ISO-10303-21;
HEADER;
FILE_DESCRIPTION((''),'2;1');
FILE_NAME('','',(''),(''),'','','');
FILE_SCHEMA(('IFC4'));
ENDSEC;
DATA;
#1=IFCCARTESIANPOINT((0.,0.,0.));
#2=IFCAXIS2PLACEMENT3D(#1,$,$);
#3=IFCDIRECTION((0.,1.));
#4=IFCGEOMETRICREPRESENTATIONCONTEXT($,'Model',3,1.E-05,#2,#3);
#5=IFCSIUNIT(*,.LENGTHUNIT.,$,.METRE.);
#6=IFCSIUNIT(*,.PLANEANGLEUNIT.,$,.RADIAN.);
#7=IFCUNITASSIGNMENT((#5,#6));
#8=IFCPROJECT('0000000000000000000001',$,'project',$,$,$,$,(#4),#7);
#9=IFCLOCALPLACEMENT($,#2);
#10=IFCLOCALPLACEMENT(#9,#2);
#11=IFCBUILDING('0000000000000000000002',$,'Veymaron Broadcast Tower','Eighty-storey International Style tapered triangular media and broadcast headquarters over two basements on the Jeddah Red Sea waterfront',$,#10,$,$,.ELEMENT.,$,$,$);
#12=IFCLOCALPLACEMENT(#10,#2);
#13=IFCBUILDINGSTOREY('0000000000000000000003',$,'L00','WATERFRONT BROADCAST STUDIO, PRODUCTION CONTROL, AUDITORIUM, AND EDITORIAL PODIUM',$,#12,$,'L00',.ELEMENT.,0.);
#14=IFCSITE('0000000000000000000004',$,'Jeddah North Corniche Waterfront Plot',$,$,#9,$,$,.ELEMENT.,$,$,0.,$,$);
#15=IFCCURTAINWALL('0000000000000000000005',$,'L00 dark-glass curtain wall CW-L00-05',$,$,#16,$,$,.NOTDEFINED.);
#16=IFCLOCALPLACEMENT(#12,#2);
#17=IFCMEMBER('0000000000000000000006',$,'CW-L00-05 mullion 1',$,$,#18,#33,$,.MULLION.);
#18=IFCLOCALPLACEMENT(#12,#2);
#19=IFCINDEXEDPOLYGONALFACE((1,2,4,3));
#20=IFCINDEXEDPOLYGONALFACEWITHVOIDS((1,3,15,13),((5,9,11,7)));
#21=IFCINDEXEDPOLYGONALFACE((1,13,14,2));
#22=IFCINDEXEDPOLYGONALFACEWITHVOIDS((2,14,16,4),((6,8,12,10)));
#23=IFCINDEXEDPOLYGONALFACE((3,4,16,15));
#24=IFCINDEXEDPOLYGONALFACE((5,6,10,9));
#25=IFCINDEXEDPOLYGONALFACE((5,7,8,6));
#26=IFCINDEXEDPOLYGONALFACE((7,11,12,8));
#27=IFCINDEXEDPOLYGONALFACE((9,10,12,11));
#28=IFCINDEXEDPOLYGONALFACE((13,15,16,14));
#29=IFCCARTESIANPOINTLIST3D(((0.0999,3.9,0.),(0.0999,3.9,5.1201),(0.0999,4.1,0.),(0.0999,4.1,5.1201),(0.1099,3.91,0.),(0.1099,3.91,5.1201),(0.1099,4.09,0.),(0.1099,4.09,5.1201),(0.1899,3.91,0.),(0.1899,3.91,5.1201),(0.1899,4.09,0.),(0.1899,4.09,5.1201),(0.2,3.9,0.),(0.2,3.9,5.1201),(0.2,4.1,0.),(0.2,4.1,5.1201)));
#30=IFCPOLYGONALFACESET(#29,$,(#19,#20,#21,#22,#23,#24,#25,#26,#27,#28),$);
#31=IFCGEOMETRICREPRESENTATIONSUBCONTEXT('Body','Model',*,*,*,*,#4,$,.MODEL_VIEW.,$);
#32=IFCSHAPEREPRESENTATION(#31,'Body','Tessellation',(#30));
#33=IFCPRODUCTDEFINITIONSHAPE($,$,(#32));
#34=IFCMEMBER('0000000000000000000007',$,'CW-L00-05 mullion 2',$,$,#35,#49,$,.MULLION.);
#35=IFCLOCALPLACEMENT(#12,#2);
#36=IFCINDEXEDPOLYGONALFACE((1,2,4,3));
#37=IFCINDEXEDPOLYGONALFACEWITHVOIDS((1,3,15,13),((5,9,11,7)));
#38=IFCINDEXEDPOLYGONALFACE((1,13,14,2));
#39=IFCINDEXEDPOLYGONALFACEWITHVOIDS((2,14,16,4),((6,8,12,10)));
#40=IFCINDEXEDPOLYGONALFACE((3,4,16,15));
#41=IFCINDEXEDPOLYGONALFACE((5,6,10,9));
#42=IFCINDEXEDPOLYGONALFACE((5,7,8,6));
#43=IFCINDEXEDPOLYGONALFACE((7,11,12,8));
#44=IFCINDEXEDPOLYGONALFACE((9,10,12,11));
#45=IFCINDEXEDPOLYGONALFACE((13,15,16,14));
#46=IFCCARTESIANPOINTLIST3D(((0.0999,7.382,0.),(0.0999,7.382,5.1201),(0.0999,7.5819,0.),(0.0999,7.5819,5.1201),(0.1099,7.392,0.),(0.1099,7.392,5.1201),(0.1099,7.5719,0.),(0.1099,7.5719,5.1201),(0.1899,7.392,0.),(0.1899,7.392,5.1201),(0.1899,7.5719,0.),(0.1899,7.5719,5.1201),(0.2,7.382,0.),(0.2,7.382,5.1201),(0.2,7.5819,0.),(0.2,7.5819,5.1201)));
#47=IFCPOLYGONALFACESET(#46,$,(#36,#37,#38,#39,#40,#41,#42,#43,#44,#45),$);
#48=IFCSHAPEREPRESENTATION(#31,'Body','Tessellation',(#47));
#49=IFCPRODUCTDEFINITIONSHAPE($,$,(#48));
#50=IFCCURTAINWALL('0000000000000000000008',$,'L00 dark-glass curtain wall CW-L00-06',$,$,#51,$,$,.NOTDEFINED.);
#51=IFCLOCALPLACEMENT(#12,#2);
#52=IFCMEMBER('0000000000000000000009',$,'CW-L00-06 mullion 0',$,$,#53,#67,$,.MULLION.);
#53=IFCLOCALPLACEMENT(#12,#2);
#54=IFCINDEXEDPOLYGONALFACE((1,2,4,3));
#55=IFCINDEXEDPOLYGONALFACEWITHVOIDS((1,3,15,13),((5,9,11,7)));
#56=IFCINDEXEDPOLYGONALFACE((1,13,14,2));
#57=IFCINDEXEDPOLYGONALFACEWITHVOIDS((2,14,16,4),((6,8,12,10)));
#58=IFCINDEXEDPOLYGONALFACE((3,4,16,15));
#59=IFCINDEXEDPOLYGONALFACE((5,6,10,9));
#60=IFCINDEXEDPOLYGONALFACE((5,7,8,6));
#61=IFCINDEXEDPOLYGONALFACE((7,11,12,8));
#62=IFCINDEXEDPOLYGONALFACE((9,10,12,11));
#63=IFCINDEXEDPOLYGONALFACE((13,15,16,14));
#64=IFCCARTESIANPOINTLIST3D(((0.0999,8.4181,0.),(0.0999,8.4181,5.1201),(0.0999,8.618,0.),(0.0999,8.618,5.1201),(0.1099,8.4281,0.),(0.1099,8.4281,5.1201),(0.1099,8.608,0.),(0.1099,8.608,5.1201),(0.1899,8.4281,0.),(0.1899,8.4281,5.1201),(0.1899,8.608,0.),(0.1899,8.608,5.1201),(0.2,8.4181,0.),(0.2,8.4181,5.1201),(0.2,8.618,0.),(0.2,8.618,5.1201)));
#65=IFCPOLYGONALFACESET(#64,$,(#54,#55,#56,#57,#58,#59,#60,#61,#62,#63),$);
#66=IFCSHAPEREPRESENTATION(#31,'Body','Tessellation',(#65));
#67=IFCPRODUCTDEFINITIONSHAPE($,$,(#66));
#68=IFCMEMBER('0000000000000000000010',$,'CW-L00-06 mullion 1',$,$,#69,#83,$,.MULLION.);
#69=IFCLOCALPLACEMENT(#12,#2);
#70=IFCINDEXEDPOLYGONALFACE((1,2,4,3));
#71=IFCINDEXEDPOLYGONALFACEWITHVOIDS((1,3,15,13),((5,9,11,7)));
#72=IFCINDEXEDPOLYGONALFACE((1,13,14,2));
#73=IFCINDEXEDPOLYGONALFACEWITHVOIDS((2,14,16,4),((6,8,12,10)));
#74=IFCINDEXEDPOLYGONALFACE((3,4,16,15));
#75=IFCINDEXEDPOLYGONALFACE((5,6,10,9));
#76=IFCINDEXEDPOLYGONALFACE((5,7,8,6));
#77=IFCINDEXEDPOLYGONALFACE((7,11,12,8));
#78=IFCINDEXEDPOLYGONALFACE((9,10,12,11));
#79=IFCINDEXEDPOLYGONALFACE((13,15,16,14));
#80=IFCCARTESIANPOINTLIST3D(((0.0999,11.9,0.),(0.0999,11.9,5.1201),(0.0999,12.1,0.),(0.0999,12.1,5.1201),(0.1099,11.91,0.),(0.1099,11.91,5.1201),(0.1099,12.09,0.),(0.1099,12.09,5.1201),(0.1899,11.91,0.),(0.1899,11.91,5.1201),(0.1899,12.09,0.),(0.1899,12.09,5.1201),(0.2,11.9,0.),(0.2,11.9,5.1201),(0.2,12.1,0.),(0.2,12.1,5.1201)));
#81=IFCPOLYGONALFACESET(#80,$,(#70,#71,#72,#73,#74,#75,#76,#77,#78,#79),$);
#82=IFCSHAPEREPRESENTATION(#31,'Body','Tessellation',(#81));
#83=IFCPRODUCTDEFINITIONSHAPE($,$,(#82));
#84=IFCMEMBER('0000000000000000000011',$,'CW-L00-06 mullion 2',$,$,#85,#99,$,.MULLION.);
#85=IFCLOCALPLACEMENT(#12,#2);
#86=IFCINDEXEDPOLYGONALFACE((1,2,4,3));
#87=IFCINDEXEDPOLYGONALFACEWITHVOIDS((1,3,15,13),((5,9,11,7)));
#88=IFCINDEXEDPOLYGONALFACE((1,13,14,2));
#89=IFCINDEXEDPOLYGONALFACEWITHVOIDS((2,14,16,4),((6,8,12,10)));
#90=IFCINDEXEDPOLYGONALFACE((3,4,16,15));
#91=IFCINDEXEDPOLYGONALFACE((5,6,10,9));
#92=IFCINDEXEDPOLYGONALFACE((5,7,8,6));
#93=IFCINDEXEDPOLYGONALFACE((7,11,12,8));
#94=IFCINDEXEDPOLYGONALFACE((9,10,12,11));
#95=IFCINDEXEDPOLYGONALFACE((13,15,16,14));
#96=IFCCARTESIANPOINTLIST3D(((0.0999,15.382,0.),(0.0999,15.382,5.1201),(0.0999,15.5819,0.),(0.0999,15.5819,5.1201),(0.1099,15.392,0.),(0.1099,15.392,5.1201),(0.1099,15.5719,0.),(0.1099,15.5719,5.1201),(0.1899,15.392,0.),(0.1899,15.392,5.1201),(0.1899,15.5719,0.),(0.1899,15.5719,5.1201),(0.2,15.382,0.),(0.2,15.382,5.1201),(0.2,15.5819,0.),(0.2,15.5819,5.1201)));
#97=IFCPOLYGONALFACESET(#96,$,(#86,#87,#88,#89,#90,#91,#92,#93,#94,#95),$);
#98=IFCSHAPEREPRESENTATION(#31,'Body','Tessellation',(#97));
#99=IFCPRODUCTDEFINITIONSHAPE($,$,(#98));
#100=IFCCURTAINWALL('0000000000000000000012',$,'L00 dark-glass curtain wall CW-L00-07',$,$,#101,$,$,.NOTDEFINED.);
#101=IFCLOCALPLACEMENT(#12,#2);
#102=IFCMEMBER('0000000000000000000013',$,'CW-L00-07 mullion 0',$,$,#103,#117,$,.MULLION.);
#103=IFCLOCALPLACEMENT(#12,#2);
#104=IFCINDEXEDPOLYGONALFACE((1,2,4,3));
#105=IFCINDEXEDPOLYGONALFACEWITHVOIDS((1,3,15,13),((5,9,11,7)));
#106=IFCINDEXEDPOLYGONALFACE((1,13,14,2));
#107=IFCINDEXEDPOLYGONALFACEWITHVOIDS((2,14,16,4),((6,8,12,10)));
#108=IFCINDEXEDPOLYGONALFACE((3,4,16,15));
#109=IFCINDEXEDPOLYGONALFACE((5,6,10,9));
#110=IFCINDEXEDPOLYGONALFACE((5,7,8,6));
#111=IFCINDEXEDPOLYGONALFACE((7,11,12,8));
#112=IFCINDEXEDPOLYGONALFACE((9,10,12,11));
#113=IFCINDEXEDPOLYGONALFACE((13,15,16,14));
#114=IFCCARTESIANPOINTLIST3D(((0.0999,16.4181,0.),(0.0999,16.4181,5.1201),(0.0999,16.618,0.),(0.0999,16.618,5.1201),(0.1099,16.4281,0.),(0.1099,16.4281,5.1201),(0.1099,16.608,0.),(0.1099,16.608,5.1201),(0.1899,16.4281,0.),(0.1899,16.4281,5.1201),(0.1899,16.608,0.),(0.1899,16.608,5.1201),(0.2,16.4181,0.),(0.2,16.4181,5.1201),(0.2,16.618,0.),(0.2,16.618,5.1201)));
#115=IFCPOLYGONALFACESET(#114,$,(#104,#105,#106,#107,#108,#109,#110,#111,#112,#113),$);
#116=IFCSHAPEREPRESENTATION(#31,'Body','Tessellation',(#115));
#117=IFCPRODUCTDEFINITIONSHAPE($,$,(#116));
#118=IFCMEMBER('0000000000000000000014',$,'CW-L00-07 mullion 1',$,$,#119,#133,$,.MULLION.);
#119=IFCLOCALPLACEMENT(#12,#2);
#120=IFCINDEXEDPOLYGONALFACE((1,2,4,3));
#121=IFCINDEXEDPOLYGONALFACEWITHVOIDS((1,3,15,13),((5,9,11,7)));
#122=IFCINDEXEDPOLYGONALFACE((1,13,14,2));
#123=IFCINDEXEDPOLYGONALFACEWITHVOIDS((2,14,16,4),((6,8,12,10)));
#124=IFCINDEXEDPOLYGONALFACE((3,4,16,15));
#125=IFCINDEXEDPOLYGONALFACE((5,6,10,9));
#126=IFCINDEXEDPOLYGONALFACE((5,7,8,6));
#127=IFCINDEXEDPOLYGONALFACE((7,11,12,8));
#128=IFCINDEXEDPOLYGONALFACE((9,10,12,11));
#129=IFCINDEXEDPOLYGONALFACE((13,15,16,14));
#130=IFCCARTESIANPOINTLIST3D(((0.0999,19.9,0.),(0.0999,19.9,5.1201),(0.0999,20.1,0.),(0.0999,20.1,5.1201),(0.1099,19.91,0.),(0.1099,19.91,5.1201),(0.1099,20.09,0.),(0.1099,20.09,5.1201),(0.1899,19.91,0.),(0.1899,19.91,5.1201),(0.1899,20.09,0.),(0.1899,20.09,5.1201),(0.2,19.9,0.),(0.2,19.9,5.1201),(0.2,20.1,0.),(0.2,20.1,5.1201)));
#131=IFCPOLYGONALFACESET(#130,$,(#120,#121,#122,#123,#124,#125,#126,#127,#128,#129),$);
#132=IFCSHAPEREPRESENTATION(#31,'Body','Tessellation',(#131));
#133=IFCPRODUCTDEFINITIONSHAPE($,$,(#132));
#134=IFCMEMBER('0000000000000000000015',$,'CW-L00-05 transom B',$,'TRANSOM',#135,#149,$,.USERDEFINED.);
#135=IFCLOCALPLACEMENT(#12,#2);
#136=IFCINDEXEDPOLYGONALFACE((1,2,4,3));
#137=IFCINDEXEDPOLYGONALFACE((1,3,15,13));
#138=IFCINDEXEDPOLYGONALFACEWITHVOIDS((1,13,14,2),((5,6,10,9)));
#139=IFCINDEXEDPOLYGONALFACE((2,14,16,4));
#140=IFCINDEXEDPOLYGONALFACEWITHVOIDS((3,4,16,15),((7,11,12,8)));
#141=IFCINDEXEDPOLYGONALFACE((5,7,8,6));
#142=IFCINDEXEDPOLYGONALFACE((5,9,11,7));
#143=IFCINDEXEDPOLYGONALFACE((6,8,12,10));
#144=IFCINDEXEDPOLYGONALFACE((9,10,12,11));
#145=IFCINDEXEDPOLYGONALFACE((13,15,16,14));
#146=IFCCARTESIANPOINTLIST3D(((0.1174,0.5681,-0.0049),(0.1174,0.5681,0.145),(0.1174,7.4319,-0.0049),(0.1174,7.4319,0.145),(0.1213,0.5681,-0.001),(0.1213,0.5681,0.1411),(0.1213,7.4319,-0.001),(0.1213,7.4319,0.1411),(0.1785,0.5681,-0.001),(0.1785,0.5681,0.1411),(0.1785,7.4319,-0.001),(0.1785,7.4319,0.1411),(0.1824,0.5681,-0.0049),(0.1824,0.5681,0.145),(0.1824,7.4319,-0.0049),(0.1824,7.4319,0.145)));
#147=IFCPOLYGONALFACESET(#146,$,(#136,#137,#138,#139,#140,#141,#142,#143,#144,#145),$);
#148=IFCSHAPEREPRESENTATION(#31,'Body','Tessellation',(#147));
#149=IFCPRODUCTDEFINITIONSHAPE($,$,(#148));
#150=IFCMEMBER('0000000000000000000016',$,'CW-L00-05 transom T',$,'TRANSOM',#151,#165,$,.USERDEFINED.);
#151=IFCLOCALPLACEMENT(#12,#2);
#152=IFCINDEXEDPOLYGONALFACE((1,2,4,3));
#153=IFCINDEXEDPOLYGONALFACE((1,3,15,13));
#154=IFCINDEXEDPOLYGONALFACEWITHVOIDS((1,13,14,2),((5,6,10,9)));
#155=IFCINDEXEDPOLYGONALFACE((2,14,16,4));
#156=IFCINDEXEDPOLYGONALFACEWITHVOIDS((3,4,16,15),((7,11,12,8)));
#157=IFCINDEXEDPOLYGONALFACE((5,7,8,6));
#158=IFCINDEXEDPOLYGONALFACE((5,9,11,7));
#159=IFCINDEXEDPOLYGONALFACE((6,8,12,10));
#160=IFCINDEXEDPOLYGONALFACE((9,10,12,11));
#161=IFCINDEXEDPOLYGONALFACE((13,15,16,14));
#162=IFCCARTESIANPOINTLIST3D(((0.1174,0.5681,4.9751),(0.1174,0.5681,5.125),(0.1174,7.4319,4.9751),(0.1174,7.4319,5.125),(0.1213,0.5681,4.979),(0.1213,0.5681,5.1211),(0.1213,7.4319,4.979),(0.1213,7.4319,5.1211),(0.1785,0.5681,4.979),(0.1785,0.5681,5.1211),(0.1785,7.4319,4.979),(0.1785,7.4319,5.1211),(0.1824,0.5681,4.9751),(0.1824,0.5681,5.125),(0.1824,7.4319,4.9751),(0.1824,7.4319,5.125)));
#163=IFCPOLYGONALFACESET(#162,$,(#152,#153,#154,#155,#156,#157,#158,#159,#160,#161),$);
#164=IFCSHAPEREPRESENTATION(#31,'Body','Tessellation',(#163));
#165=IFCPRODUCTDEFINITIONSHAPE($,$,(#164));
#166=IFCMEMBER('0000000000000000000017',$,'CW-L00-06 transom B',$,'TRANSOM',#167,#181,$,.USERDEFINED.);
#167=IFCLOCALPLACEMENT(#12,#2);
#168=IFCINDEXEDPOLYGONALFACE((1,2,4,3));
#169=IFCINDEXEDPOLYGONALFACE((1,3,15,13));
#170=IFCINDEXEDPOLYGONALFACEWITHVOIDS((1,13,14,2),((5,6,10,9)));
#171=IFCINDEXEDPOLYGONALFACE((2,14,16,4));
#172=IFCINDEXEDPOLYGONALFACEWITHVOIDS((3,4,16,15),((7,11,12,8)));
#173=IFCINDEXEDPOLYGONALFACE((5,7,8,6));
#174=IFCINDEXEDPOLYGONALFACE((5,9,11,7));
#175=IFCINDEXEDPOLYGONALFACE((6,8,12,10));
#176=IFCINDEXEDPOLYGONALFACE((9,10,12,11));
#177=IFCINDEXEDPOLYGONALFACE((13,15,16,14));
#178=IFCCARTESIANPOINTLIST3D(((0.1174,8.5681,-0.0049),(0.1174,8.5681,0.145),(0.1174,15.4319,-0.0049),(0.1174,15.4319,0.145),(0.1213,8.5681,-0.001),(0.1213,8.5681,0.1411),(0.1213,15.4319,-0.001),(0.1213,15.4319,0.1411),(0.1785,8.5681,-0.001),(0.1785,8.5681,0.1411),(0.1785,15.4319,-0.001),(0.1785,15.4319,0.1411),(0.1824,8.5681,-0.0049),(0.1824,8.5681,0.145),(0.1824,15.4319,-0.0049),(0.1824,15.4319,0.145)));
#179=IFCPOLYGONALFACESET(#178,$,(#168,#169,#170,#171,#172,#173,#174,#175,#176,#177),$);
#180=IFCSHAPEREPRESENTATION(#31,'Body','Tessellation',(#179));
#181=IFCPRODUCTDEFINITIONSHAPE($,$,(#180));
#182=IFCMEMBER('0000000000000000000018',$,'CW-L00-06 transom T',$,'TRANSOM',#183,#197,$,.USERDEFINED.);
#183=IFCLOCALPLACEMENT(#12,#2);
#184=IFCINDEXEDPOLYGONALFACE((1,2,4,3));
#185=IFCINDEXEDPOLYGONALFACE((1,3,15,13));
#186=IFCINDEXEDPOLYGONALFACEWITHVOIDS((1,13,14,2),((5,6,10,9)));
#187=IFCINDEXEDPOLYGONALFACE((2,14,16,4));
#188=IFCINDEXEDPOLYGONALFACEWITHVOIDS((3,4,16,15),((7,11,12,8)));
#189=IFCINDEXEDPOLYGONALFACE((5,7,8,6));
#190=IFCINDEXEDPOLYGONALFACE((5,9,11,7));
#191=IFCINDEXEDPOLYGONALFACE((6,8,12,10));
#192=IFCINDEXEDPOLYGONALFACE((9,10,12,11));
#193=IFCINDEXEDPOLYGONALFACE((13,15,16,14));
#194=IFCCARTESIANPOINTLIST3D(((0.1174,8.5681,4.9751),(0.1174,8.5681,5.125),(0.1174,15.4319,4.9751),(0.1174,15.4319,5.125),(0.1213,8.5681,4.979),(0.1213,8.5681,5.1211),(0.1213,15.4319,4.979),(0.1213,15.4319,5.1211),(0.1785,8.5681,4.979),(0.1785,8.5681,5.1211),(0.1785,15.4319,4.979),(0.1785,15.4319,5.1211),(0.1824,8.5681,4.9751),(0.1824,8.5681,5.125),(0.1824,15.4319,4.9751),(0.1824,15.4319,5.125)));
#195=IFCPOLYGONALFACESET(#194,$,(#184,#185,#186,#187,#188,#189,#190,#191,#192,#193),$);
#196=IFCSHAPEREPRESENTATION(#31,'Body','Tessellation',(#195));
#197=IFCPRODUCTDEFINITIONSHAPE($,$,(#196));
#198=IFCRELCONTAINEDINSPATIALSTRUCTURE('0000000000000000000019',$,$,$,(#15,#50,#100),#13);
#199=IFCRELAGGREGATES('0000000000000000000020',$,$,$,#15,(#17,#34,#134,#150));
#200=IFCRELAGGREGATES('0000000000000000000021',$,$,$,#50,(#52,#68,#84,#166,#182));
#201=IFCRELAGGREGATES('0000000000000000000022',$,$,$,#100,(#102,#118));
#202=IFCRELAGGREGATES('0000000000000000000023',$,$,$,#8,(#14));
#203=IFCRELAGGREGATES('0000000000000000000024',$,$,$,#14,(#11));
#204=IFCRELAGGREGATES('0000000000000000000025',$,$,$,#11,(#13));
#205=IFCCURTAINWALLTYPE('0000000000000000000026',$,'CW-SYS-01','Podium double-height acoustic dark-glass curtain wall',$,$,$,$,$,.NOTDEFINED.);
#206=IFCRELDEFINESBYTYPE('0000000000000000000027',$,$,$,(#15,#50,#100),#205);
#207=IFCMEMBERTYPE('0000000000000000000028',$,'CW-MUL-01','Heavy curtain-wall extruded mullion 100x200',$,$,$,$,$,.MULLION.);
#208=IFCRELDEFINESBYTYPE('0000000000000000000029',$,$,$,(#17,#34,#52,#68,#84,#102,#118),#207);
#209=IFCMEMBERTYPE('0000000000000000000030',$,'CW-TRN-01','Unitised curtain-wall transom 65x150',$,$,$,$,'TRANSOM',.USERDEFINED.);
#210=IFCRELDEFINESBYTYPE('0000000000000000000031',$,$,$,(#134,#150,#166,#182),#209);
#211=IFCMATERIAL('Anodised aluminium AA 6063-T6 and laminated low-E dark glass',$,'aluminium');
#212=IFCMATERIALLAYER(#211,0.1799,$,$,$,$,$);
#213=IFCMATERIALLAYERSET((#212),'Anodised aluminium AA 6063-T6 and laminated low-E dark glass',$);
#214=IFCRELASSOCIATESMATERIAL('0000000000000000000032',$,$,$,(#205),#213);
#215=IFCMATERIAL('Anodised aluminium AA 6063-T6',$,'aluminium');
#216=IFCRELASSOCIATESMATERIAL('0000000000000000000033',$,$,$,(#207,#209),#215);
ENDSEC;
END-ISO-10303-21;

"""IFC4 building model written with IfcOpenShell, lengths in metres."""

from ifc_helpers import new_model, si_unit, direction, frame, origin, origin_2d, place, context, subcontext, project, spatial, hollow_rectangle, extrude, material, layer, layer_set, material_profile, profile_set, type_object, element, aggregate, save


model = new_model("IFC4")

# Units and contexts
model_context = context("Model", 3, precision=1e-05, world=origin(), true_north=direction((0.0, 1.0)))
body_context = subcontext(model_context, "Body", "Model", "MODEL_VIEW")
ifc_project = project(units=[si_unit("LENGTHUNIT", "METRE"), si_unit("PLANEANGLEUNIT", "RADIAN")], contexts=[model_context])

# Site, building, storey
site_placement = place(None, origin())
site = spatial("IfcSite", under=ifc_project, at=site_placement, Name="Jeddah North Corniche Waterfront Plot", CompositionType="ELEMENT", RefElevation=0.0)
building_placement = place(site_placement, origin())
building = spatial("IfcBuilding", under=site, at=building_placement, Name="Veymaron Broadcast Tower", Description="Eighty-storey International Style tapered triangular media and broadcast headquarters over two basements on the Jeddah Red Sea waterfront", CompositionType="ELEMENT")
storey_placement = place(building_placement, origin())
storey = spatial("IfcBuildingStorey", under=building, at=storey_placement, Name="L00", Description="WATERFRONT BROADCAST STUDIO, PRODUCTION CONTROL, AUDITORIUM, AND EDITORIAL PODIUM", LongName="L00", CompositionType="ELEMENT", Elevation=0.0)

# Curtain walls, members
ifc_material_1 = material(Name="Anodised aluminium AA 6063-T6 and laminated low-E dark glass", Category="aluminium")
ifc_layer_1 = layer(ifc_material_1, 0.1799)
ifc_layer_set_1 = layer_set([ifc_layer_1], Name="Anodised aluminium AA 6063-T6 and laminated low-E dark glass")
curtain_wall_type = type_object("IfcCurtainWallType", Name="CW-SYS-01", Description="Podium double-height acoustic dark-glass curtain wall", PredefinedType="NOTDEFINED", material=ifc_layer_set_1)
curtain_wall_1_placement = place(storey_placement, origin())
curtain_wall_1 = element("IfcCurtainWall", 1, at=curtain_wall_1_placement, inside=storey, type_object=curtain_wall_type, Name="L00 dark-glass curtain wall CW-L00-05", PredefinedType="NOTDEFINED")
ifc_material_2 = material(Name="Anodised aluminium AA 6063-T6", Category="aluminium")
ifc_material_profile_1 = material_profile(ifc_material_2, hollow_rectangle(XDim=0.1001, YDim=0.2, WallThickness=0.01, at=origin_2d()), Name="RHS200X100X10")
ifc_profile_set_1 = profile_set([ifc_material_profile_1], Name="Anodised aluminium AA 6063-T6")
member_type_1 = type_object("IfcMemberType", Name="CW-MUL-01", Description="Heavy curtain-wall extruded mullion 100x200", PredefinedType="MULLION", material=ifc_profile_set_1)
member_1_placement = place(storey_placement, frame((0.1499, 4.0, 0.0), z_axis=(0.0, 0.0, 1.0), x_axis=(1.0, 0.0, 0.0)))
member_1 = element("IfcMember", 2, at=member_1_placement, type_object=member_type_1, Name="CW-L00-05 mullion 1", PredefinedType="MULLION", context=body_context, shape_type="SweptSolid", body=[
    extrude(hollow_rectangle(XDim=0.1001, YDim=0.2, WallThickness=0.01, at=origin_2d()), origin(), (0.0, 0.0, 1.0), 5.1201),
])
member_2_placement = place(storey_placement, frame((0.1499, 7.4819, 0.0), z_axis=(0.0, 0.0, 1.0), x_axis=(1.0, 0.0, 0.0)))
member_2 = element("IfcMember", 3, at=member_2_placement, type_object=member_type_1, Name="CW-L00-05 mullion 2", PredefinedType="MULLION", context=body_context, shape_type="SweptSolid", body=[
    extrude(hollow_rectangle(XDim=0.1001, YDim=0.2, WallThickness=0.01, at=origin_2d()), origin(), (0.0, 0.0, 1.0), 5.1201),
])
curtain_wall_2_placement = place(storey_placement, origin())
curtain_wall_2 = element("IfcCurtainWall", 4, at=curtain_wall_2_placement, inside=storey, type_object=curtain_wall_type, Name="L00 dark-glass curtain wall CW-L00-06", PredefinedType="NOTDEFINED")
member_3_placement = place(storey_placement, frame((0.1499, 8.5181, 0.0), z_axis=(0.0, 0.0, 1.0), x_axis=(1.0, 0.0, 0.0)))
member_3 = element("IfcMember", 5, at=member_3_placement, type_object=member_type_1, Name="CW-L00-06 mullion 0", PredefinedType="MULLION", context=body_context, shape_type="SweptSolid", body=[
    extrude(hollow_rectangle(XDim=0.1001, YDim=0.2, WallThickness=0.01, at=origin_2d()), origin(), (0.0, 0.0, 1.0), 5.1201),
])
member_4_placement = place(storey_placement, frame((0.1499, 12.0, 0.0), z_axis=(0.0, 0.0, 1.0), x_axis=(1.0, 0.0, 0.0)))
member_4 = element("IfcMember", 6, at=member_4_placement, type_object=member_type_1, Name="CW-L00-06 mullion 1", PredefinedType="MULLION", context=body_context, shape_type="SweptSolid", body=[
    extrude(hollow_rectangle(XDim=0.1001, YDim=0.2, WallThickness=0.01, at=origin_2d()), origin(), (0.0, 0.0, 1.0), 5.1201),
])
member_5_placement = place(storey_placement, frame((0.1499, 15.4819, 0.0), z_axis=(0.0, 0.0, 1.0), x_axis=(1.0, 0.0, 0.0)))
member_5 = element("IfcMember", 7, at=member_5_placement, type_object=member_type_1, Name="CW-L00-06 mullion 2", PredefinedType="MULLION", context=body_context, shape_type="SweptSolid", body=[
    extrude(hollow_rectangle(XDim=0.1001, YDim=0.2, WallThickness=0.01, at=origin_2d()), origin(), (0.0, 0.0, 1.0), 5.1201),
])
curtain_wall_3_placement = place(storey_placement, origin())
curtain_wall_3 = element("IfcCurtainWall", 8, at=curtain_wall_3_placement, inside=storey, type_object=curtain_wall_type, Name="L00 dark-glass curtain wall CW-L00-07", PredefinedType="NOTDEFINED")
member_6_placement = place(storey_placement, frame((0.1499, 16.5181, 0.0), z_axis=(0.0, 0.0, 1.0), x_axis=(1.0, 0.0, 0.0)))
member_6 = element("IfcMember", 9, at=member_6_placement, type_object=member_type_1, Name="CW-L00-07 mullion 0", PredefinedType="MULLION", context=body_context, shape_type="SweptSolid", body=[
    extrude(hollow_rectangle(XDim=0.1001, YDim=0.2, WallThickness=0.01, at=origin_2d()), origin(), (0.0, 0.0, 1.0), 5.1201),
])
member_7_placement = place(storey_placement, frame((0.1499, 20.0, 0.0), z_axis=(0.0, 0.0, 1.0), x_axis=(1.0, 0.0, 0.0)))
member_7 = element("IfcMember", 10, at=member_7_placement, type_object=member_type_1, Name="CW-L00-07 mullion 1", PredefinedType="MULLION", context=body_context, shape_type="SweptSolid", body=[
    extrude(hollow_rectangle(XDim=0.1001, YDim=0.2, WallThickness=0.01, at=origin_2d()), origin(), (0.0, 0.0, 1.0), 5.1201),
])

# Members
ifc_material_profile_2 = material_profile(ifc_material_2, hollow_rectangle(XDim=0.0649, YDim=0.1499, WallThickness=0.0039, at=origin_2d()), Name="AL150X65X4")
ifc_profile_set_2 = profile_set([ifc_material_profile_2], Name="Anodised aluminium AA 6063-T6")
member_type_2 = type_object("IfcMemberType", Name="CW-TRN-01", Description="Unitised curtain-wall transom 65x150", ElementType="TRANSOM", PredefinedType="USERDEFINED", material=ifc_profile_set_2)
member_8_placement = place(storey_placement, frame((0.1499, 0.5681, 0.0701), z_axis=(0.0, 1.0, 0.0), x_axis=(-1.0, 0.0, 0.0)))
member_8 = element("IfcMember", 11, at=member_8_placement, type_object=member_type_2, Name="CW-L00-05 transom B", ObjectType="TRANSOM", PredefinedType="USERDEFINED", context=body_context, shape_type="SweptSolid", body=[
    extrude(hollow_rectangle(XDim=0.0649, YDim=0.1499, WallThickness=0.0039, at=origin_2d()), origin(), (0.0, 0.0, 1.0), 6.8638),
])
member_9_placement = place(storey_placement, frame((0.1499, 0.5681, 5.05), z_axis=(0.0, 1.0, 0.0), x_axis=(-1.0, 0.0, 0.0)))
member_9 = element("IfcMember", 12, at=member_9_placement, type_object=member_type_2, Name="CW-L00-05 transom T", ObjectType="TRANSOM", PredefinedType="USERDEFINED", context=body_context, shape_type="SweptSolid", body=[
    extrude(hollow_rectangle(XDim=0.0649, YDim=0.1499, WallThickness=0.0039, at=origin_2d()), origin(), (0.0, 0.0, 1.0), 6.8638),
])
member_10_placement = place(storey_placement, frame((0.1499, 8.5681, 0.0701), z_axis=(0.0, 1.0, 0.0), x_axis=(-1.0, 0.0, 0.0)))
member_10 = element("IfcMember", 13, at=member_10_placement, type_object=member_type_2, Name="CW-L00-06 transom B", ObjectType="TRANSOM", PredefinedType="USERDEFINED", context=body_context, shape_type="SweptSolid", body=[
    extrude(hollow_rectangle(XDim=0.0649, YDim=0.1499, WallThickness=0.0039, at=origin_2d()), origin(), (0.0, 0.0, 1.0), 6.8638),
])
member_11_placement = place(storey_placement, frame((0.1499, 8.5681, 5.05), z_axis=(0.0, 1.0, 0.0), x_axis=(-1.0, 0.0, 0.0)))
member_11 = element("IfcMember", 14, at=member_11_placement, type_object=member_type_2, Name="CW-L00-06 transom T", ObjectType="TRANSOM", PredefinedType="USERDEFINED", context=body_context, shape_type="SweptSolid", body=[
    extrude(hollow_rectangle(XDim=0.0649, YDim=0.1499, WallThickness=0.0039, at=origin_2d()), origin(), (0.0, 0.0, 1.0), 6.8638),
])

aggregate(curtain_wall_1, [member_1, member_2, member_8, member_9])
aggregate(curtain_wall_2, [member_3, member_4, member_5, member_10, member_11])
aggregate(curtain_wall_3, [member_6, member_7])

save(model, "model.ifc")
